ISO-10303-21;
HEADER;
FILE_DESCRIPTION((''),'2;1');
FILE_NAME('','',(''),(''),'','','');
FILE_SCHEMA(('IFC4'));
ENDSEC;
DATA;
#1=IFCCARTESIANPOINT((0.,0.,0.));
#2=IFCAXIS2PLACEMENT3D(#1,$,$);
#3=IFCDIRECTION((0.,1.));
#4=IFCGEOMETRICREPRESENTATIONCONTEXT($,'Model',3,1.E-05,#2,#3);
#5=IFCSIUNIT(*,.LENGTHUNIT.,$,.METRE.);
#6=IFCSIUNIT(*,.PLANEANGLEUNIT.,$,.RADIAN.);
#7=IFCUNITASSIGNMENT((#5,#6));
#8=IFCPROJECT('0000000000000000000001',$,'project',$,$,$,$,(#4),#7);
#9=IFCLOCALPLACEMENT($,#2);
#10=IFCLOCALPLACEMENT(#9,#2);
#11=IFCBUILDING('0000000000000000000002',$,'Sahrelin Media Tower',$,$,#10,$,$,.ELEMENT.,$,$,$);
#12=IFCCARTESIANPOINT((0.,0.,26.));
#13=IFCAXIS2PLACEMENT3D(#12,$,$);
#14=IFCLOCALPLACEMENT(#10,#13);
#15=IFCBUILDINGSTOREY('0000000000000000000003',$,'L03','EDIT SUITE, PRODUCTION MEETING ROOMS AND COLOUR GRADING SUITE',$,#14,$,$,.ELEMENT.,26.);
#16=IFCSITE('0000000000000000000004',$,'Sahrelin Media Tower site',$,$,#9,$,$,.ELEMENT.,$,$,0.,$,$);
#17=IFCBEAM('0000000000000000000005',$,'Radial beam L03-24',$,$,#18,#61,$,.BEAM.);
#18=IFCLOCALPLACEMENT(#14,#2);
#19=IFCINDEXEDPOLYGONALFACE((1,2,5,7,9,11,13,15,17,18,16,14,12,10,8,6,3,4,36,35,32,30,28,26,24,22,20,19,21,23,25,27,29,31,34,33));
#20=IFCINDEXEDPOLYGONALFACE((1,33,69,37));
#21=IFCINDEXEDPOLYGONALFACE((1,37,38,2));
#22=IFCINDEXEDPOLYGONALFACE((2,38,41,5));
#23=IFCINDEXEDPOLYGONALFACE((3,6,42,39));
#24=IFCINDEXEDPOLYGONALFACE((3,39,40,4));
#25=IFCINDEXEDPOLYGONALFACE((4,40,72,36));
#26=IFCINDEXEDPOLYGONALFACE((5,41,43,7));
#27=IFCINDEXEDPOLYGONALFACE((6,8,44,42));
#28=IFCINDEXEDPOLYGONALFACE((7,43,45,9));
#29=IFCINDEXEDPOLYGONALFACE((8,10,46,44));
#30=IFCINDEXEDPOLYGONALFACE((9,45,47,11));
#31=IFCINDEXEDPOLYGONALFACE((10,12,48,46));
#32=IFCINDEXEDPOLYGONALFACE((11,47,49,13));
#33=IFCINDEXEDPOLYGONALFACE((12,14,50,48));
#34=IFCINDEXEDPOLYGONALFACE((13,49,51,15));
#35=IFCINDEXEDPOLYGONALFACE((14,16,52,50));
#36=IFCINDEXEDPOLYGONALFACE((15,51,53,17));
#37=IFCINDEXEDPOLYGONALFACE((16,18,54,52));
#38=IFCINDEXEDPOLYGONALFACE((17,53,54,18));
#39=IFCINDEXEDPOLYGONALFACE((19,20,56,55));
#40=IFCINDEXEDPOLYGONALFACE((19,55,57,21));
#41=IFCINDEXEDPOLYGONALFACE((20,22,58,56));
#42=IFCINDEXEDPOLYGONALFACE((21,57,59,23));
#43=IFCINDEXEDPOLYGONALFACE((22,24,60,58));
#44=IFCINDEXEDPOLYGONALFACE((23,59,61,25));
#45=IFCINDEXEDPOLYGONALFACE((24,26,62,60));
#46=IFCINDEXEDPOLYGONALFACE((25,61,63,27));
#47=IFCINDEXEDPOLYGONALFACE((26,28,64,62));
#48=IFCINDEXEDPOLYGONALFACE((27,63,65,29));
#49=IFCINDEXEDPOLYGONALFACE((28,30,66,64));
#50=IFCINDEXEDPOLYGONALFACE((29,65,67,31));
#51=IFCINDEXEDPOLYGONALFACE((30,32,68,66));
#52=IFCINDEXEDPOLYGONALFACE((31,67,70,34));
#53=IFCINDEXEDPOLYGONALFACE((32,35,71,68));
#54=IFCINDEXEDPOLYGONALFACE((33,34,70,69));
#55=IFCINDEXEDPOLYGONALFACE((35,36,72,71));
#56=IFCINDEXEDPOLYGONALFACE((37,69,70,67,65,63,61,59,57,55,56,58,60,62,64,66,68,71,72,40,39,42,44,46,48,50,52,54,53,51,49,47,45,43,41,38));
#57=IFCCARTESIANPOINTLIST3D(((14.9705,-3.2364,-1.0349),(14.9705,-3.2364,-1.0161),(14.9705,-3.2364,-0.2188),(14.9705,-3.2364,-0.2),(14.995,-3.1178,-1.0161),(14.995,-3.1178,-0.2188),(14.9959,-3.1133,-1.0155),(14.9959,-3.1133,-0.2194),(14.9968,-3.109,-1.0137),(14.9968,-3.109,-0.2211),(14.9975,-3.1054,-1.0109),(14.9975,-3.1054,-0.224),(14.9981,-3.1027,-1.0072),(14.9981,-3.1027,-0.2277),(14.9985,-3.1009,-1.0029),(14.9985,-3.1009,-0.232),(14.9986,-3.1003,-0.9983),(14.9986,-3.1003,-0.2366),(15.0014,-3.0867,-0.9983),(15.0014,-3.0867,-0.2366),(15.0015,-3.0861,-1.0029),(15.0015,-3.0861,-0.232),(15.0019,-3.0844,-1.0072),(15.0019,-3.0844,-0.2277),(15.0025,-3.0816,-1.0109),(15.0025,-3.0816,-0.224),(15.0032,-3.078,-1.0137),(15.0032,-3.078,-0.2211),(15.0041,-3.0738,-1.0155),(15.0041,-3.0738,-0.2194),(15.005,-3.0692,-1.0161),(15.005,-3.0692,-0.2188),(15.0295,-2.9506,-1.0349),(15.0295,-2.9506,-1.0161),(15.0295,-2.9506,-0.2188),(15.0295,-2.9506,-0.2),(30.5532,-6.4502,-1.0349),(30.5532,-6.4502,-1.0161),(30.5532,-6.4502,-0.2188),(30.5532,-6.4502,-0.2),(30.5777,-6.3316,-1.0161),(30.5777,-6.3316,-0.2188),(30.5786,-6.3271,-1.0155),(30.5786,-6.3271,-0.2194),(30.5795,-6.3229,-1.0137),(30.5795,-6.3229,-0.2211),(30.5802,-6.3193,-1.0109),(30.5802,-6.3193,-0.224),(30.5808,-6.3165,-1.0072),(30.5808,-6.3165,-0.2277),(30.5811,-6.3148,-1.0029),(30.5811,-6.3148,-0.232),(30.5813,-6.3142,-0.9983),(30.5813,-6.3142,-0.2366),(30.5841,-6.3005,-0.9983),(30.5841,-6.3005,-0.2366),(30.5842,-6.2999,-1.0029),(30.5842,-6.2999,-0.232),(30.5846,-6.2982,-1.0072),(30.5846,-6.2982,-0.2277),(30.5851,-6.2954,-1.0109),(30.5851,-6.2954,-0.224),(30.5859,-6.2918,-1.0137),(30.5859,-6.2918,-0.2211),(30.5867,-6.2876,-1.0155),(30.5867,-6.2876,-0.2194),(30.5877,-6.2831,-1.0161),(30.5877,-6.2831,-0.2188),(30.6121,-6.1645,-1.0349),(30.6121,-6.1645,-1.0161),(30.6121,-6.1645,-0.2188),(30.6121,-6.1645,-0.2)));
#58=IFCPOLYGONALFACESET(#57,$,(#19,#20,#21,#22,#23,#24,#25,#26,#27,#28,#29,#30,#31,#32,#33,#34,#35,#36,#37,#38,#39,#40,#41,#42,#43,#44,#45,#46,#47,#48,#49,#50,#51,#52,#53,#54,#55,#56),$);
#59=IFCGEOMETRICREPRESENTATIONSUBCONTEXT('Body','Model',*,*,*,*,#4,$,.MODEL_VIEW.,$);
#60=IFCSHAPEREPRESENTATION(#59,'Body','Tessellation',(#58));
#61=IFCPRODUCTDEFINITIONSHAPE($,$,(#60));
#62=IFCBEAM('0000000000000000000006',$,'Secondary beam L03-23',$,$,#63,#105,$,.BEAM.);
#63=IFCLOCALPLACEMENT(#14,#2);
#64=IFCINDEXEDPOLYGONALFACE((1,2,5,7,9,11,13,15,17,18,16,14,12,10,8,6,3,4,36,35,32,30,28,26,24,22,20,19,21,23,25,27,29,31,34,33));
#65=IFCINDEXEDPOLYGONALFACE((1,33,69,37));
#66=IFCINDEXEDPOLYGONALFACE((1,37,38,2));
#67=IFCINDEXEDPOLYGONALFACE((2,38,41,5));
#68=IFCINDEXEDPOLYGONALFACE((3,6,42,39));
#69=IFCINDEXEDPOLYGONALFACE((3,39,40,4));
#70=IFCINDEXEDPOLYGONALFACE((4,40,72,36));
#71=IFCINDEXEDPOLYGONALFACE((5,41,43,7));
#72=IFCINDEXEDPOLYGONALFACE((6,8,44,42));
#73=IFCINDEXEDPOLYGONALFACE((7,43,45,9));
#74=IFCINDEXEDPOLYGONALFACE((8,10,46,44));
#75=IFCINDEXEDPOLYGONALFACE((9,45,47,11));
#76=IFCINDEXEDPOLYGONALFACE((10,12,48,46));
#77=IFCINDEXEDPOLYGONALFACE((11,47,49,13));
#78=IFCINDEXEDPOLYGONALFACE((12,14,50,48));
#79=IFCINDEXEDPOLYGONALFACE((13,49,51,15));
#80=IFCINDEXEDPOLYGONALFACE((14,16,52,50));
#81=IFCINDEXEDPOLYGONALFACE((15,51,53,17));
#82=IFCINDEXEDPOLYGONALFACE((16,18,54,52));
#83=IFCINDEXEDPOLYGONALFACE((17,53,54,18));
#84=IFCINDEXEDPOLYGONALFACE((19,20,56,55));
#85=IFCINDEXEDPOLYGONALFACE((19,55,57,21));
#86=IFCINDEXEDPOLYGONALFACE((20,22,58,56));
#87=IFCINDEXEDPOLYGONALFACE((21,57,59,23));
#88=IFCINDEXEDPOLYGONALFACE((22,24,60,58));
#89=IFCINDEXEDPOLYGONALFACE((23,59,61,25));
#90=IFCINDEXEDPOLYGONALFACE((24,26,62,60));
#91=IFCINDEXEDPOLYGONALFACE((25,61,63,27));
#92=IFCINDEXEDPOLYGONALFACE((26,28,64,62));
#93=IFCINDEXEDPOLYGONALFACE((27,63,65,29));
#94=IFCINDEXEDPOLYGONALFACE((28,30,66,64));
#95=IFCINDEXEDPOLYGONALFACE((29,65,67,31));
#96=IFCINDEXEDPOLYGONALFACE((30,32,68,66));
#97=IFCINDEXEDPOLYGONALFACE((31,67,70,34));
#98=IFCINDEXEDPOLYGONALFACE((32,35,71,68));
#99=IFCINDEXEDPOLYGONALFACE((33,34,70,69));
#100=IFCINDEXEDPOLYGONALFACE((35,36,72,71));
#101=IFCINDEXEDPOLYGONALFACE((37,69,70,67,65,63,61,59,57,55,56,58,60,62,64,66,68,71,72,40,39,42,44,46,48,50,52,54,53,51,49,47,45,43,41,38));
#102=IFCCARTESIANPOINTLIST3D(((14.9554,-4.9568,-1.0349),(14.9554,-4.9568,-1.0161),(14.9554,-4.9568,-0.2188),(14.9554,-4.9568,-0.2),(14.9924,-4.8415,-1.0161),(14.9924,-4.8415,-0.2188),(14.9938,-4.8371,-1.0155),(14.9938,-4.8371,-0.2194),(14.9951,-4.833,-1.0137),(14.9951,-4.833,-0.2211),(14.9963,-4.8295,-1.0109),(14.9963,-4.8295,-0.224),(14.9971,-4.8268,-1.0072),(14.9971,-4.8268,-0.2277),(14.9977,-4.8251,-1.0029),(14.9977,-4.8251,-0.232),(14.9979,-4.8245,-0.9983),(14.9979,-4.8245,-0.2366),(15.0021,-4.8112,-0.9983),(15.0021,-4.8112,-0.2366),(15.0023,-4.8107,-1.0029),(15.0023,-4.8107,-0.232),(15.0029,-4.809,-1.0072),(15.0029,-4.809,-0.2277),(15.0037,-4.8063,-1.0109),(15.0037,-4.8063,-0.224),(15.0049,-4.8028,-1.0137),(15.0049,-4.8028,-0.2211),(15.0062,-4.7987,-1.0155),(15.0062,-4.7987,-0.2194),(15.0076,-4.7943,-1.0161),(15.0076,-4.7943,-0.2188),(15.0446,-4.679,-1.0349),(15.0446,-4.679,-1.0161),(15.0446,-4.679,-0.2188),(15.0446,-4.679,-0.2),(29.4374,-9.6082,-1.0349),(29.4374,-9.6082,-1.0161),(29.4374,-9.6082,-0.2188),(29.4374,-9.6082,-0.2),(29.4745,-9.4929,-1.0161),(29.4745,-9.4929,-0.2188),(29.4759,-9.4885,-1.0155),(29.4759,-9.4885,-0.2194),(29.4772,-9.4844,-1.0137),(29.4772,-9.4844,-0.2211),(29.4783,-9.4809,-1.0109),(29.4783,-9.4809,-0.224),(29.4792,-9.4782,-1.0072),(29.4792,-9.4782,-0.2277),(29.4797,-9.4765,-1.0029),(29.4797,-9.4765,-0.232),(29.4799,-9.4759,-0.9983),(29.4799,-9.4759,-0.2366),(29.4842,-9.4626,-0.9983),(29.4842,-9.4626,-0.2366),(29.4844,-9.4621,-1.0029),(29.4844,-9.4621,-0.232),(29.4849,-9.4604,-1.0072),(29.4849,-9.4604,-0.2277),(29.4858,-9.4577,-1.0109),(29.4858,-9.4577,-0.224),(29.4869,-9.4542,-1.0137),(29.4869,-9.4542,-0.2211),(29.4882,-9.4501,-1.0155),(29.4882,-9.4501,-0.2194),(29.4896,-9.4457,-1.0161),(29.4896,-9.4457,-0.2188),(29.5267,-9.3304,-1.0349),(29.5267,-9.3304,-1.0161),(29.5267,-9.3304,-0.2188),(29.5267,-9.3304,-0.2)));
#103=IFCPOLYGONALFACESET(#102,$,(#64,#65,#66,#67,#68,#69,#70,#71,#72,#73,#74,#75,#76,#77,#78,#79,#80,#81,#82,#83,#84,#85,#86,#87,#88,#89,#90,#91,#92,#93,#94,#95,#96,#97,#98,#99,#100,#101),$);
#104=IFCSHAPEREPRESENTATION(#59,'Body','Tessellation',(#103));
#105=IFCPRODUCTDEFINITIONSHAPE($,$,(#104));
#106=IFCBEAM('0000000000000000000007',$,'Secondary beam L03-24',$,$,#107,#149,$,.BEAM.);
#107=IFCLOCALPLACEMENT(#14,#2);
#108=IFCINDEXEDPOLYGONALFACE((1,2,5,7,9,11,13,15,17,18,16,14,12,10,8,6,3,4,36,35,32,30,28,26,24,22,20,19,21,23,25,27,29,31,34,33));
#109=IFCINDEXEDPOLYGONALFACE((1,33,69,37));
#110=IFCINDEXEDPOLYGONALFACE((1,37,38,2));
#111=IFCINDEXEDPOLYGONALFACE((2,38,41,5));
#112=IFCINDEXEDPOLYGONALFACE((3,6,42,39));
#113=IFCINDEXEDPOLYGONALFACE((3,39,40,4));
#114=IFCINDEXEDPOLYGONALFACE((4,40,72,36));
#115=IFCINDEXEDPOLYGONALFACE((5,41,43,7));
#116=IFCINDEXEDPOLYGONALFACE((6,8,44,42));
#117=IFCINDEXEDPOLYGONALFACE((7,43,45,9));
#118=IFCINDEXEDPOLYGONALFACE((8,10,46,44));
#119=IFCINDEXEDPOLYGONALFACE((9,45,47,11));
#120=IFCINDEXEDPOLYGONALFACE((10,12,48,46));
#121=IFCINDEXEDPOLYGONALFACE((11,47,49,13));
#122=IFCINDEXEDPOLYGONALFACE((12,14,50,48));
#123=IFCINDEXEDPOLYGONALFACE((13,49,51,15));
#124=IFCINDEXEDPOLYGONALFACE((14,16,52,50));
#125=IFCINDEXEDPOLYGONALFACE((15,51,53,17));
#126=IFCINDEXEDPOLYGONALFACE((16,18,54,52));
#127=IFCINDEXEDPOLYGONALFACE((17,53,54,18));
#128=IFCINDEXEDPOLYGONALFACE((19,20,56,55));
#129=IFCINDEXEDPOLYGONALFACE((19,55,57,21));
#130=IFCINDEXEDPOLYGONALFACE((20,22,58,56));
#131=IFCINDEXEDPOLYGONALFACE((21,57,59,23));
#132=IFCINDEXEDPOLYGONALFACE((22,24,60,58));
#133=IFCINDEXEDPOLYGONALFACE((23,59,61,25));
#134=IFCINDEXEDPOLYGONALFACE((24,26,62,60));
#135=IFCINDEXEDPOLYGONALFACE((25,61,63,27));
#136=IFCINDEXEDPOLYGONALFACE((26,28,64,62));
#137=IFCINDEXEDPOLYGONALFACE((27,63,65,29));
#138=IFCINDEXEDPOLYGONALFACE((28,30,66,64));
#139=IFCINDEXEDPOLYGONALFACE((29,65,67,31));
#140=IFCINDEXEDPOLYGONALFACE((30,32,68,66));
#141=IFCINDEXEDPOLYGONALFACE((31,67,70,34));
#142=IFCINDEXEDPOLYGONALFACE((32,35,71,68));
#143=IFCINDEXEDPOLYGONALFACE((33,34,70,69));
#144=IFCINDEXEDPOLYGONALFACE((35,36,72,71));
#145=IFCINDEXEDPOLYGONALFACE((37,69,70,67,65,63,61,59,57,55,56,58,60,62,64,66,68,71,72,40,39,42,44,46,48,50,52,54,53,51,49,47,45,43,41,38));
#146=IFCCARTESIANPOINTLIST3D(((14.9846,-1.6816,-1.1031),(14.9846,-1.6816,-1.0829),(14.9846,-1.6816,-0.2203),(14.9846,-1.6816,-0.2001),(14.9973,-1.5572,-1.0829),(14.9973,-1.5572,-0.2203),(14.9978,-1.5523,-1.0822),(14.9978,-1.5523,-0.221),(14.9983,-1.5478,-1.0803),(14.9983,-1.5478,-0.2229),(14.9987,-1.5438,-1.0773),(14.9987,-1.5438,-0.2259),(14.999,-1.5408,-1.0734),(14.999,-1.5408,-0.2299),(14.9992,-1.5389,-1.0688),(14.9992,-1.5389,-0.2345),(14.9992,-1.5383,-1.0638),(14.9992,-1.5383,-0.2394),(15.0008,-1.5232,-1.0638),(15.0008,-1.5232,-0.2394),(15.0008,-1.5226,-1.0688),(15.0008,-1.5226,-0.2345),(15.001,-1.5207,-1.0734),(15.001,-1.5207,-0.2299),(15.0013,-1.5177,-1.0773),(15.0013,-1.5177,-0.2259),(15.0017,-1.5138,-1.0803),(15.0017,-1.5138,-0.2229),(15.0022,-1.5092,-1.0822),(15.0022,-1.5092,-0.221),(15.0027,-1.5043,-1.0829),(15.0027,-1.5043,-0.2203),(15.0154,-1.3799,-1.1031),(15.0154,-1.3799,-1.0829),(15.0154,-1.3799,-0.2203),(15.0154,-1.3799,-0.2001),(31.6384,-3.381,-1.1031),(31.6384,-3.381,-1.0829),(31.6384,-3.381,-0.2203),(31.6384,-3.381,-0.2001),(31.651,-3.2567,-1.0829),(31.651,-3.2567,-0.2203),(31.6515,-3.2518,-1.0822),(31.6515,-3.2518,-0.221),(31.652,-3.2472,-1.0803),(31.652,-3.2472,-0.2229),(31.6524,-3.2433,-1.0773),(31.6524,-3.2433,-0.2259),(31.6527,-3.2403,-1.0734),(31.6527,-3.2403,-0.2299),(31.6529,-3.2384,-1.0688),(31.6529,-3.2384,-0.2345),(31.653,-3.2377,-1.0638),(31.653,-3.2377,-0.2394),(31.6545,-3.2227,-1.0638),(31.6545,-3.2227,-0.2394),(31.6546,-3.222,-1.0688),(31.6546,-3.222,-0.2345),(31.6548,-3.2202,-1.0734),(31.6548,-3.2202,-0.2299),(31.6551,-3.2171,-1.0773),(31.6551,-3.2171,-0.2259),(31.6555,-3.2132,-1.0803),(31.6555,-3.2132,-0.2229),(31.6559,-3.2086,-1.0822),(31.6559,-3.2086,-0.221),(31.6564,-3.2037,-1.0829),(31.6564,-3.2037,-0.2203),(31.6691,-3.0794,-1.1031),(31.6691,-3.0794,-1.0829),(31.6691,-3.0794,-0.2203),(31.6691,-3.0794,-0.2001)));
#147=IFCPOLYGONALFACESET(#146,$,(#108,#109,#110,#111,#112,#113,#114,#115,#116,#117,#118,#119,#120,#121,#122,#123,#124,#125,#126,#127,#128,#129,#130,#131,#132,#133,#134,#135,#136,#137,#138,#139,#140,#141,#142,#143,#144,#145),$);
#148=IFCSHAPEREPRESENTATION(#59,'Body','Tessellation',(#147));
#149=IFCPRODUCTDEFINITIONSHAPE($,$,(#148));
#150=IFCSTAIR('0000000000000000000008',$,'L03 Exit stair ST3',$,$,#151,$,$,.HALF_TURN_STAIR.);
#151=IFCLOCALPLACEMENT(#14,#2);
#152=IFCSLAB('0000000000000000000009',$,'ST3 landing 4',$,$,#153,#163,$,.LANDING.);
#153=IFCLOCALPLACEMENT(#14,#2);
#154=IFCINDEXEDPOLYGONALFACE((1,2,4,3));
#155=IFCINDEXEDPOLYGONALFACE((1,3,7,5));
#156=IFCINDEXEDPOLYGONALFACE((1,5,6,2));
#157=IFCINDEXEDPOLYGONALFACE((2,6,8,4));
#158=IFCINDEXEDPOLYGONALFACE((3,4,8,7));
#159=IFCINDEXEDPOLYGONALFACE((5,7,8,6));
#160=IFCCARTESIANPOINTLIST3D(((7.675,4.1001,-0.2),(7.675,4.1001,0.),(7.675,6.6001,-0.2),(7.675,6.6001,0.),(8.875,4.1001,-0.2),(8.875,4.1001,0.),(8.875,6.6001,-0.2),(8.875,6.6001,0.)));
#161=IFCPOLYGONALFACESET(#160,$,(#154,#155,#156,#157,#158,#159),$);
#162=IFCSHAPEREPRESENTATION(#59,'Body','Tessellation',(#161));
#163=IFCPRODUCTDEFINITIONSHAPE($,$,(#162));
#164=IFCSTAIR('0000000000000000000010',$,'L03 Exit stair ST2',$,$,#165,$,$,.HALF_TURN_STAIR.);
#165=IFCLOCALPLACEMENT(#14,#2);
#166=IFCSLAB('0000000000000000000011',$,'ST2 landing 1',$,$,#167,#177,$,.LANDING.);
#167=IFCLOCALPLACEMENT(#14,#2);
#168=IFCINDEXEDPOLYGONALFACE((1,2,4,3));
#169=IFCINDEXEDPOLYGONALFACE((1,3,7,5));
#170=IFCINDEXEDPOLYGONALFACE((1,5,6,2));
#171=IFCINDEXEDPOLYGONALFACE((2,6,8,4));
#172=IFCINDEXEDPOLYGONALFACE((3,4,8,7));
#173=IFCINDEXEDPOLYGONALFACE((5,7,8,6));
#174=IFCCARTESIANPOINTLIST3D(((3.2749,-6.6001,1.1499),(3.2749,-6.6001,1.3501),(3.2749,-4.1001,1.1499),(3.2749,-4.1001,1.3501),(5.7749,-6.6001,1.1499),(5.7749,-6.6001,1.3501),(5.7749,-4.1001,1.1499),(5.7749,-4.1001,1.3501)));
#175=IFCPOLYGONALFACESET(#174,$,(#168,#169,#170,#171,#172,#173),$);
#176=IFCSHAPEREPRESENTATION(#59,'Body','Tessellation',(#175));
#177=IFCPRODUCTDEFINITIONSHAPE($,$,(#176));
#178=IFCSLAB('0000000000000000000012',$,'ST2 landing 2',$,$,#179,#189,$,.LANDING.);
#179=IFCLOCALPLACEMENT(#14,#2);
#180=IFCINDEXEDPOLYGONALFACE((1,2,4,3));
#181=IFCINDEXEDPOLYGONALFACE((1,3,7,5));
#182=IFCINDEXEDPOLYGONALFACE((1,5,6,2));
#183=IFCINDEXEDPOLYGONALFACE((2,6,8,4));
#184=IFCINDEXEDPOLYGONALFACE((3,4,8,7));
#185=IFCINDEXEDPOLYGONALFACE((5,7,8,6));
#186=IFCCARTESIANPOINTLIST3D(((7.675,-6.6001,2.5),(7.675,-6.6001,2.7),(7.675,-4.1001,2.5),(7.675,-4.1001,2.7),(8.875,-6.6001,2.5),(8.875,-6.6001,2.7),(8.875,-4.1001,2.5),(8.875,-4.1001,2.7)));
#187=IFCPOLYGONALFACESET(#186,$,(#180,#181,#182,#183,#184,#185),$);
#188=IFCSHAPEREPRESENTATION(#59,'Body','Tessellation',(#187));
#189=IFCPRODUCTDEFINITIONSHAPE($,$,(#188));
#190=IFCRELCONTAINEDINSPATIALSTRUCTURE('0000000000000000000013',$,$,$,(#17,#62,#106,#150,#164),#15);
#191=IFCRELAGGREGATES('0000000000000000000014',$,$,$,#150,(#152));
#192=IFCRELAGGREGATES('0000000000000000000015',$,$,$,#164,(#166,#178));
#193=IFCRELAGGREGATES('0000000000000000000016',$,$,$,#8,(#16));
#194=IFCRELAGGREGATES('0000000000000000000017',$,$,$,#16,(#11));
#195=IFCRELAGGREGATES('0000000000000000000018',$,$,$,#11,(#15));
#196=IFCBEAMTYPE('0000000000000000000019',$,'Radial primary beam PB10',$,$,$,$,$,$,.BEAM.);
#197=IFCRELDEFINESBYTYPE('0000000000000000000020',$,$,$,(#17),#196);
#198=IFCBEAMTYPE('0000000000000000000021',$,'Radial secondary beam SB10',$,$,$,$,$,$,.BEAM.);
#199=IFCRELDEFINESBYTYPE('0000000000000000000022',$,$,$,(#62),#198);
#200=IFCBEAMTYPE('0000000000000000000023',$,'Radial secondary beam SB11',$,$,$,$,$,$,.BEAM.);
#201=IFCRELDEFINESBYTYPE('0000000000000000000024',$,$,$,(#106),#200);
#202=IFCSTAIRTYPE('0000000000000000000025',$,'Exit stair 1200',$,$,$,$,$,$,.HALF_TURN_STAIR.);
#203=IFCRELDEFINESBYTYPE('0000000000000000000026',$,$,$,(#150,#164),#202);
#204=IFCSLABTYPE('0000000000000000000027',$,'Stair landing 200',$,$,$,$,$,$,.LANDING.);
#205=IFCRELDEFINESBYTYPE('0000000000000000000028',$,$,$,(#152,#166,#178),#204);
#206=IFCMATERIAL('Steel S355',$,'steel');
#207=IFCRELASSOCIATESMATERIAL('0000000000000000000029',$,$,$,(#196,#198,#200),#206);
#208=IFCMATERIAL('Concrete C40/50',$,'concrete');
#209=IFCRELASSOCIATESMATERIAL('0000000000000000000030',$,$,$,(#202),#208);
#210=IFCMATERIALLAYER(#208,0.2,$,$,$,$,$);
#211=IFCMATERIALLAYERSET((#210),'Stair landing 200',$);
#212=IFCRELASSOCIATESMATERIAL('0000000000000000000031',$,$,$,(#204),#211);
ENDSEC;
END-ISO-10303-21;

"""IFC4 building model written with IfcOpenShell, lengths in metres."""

from ifc_helpers import new_model, si_unit, direction, frame, origin, origin_2d, place, context, subcontext, project, spatial, polyline, i_section, outline, extrude, material, layer, layer_set, material_profile, profile_set, type_object, element, aggregate, save


model = new_model("IFC4")

# Units and contexts
model_context = context("Model", 3, precision=1e-05, world=origin(), true_north=direction((0.0, 1.0)))
body_context = subcontext(model_context, "Body", "Model", "MODEL_VIEW")
ifc_project = project(units=[si_unit("LENGTHUNIT", "METRE"), si_unit("PLANEANGLEUNIT", "RADIAN")], contexts=[model_context])

# Site, building, storey
site_placement = place(None, origin())
site = spatial("IfcSite", under=ifc_project, at=site_placement, Name="Sahrelin Media Tower site", CompositionType="ELEMENT", RefElevation=0.0)
building_placement = place(site_placement, origin())
building = spatial("IfcBuilding", under=site, at=building_placement, Name="Sahrelin Media Tower", CompositionType="ELEMENT")
storey_placement = place(building_placement, frame((0.0, 0.0, 26.0)))
storey = spatial("IfcBuildingStorey", under=building, at=storey_placement, Name="L03", Description="EDIT SUITE, PRODUCTION MEETING ROOMS AND COLOUR GRADING SUITE", CompositionType="ELEMENT", Elevation=26.0)

# Beams
ifc_material_1 = material(Name="Steel S355", Category="steel")
ifc_material_profile_1 = material_profile(ifc_material_1, i_section(OverallWidth=0.2917, OverallDepth=0.835, WebThickness=0.0139, FlangeThickness=0.0188, FilletRadius=0.0178, at=origin_2d()), Name="UB 838x292x176")
ifc_profile_set_1 = profile_set([ifc_material_profile_1], Name="Steel S355")
beam_type_1 = type_object("IfcBeamType", Name="Radial primary beam PB10", PredefinedType="BEAM", material=ifc_profile_set_1)
beam_1_placement = place(storey_placement, frame((15.0, -3.0935, -0.6174), z_axis=(0.979387, -0.201994, 0.0), x_axis=(0.201994, 0.979387, 0.0)))
element("IfcBeam", 1, at=beam_1_placement, inside=storey, type_object=beam_type_1, Name="Radial beam L03-24", PredefinedType="BEAM", context=body_context, shape_type="SweptSolid", body=[
    extrude(i_section(OverallWidth=0.2917, OverallDepth=0.835, WebThickness=0.0139, FlangeThickness=0.0188, FilletRadius=0.0178, at=origin_2d()), origin(), (0.0, 0.0, 1.0), 15.9106),
])
ifc_material_profile_2 = material_profile(ifc_material_1, i_section(OverallWidth=0.2917, OverallDepth=0.835, WebThickness=0.0139, FlangeThickness=0.0188, FilletRadius=0.0178, at=origin_2d()), Name="UB 838x292x176")
ifc_profile_set_2 = profile_set([ifc_material_profile_2], Name="Steel S355")
beam_type_2 = type_object("IfcBeamType", Name="Radial secondary beam SB10", PredefinedType="BEAM", material=ifc_profile_set_2)
beam_2_placement = place(storey_placement, frame((15.0, -4.8179, -0.6174), z_axis=(0.952096, -0.305798, 0.0), x_axis=(0.305798, 0.952096, 0.0)))
element("IfcBeam", 2, at=beam_2_placement, inside=storey, type_object=beam_type_2, Name="Secondary beam L03-23", PredefinedType="BEAM", context=body_context, shape_type="SweptSolid", body=[
    extrude(i_section(OverallWidth=0.2917, OverallDepth=0.835, WebThickness=0.0139, FlangeThickness=0.0188, FilletRadius=0.0178, at=origin_2d()), origin(), (0.0, 0.0, 1.0), 15.2107),
])
ifc_material_profile_3 = material_profile(ifc_material_1, i_section(OverallWidth=0.3032, OverallDepth=0.9031, WebThickness=0.0151, FlangeThickness=0.0203, FilletRadius=0.019, at=origin_2d()), Name="UB 914x305x201")
ifc_profile_set_3 = profile_set([ifc_material_profile_3], Name="Steel S355")
beam_type_3 = type_object("IfcBeamType", Name="Radial secondary beam SB11", PredefinedType="BEAM", material=ifc_profile_set_3)
beam_3_placement = place(storey_placement, frame((15.0, -1.5308, -0.6516), z_axis=(0.994834, -0.101519, 0.0), x_axis=(0.101519, 0.994834, 0.0)))
element("IfcBeam", 3, at=beam_3_placement, inside=storey, type_object=beam_type_3, Name="Secondary beam L03-24", PredefinedType="BEAM", context=body_context, shape_type="SweptSolid", body=[
    extrude(i_section(OverallWidth=0.3032, OverallDepth=0.9031, WebThickness=0.0151, FlangeThickness=0.0203, FilletRadius=0.019, at=origin_2d()), origin(), (0.0, 0.0, 1.0), 16.7402),
])

# Stair, slab
ifc_material_2 = material(Name="Concrete C40/50", Category="concrete")
stair_type_1 = type_object("IfcStairType", Name="Exit stair 1200", PredefinedType="HALF_TURN_STAIR", material=ifc_material_2)
placement_1 = place(storey_placement, origin())
stair_1 = element("IfcStair", 4, at=placement_1, inside=storey, type_object=stair_type_1, Name="L03 Exit stair ST3", PredefinedType="HALF_TURN_STAIR")
ifc_layer_1 = layer(ifc_material_2, 0.2)
ifc_layer_set_1 = layer_set([ifc_layer_1], Name="Stair landing 200")
slab_type = type_object("IfcSlabType", Name="Stair landing 200", PredefinedType="LANDING", material=ifc_layer_set_1)
placement_2 = place(storey_placement, frame((0.0, 0.0, -0.2)))
slab_1 = element("IfcSlab", 5, at=placement_2, type_object=slab_type, Name="ST3 landing 4", PredefinedType="LANDING", context=body_context, shape_type="SweptSolid", body=[
    extrude(outline(polyline([(8.875, 6.6001), (7.675, 6.6001), (7.675, 4.1001), (8.875, 4.1001), (8.875, 6.6001)])), origin(), (0.0, 0.0, 1.0), 0.2),
])
aggregate(stair_1, [slab_1])

# Stair, slabs
stair_2 = element("IfcStair", 6, at=placement_1, inside=storey, type_object=stair_type_1, Name="L03 Exit stair ST2", PredefinedType="HALF_TURN_STAIR")
placement_3 = place(storey_placement, frame((0.0, 0.0, 1.1499)))
slab_2 = element("IfcSlab", 7, at=placement_3, type_object=slab_type, Name="ST2 landing 1", PredefinedType="LANDING", context=body_context, shape_type="SweptSolid", body=[
    extrude(outline(polyline([(5.7749, -4.1001), (3.2749, -4.1001), (3.2749, -6.6001), (5.7749, -6.6001), (5.7749, -4.1001)])), origin(), (0.0, 0.0, 1.0), 0.2002),
])
placement_4 = place(storey_placement, frame((0.0, 0.0, 2.5)))
slab_3 = element("IfcSlab", 8, at=placement_4, type_object=slab_type, Name="ST2 landing 2", PredefinedType="LANDING", context=body_context, shape_type="SweptSolid", body=[
    extrude(outline(polyline([(8.875, -4.1001), (7.675, -4.1001), (7.675, -6.6001), (8.875, -6.6001), (8.875, -4.1001)])), origin(), (0.0, 0.0, 1.0), 0.2),
])
aggregate(stair_2, [slab_2, slab_3])

save(model, "model.ifc")
